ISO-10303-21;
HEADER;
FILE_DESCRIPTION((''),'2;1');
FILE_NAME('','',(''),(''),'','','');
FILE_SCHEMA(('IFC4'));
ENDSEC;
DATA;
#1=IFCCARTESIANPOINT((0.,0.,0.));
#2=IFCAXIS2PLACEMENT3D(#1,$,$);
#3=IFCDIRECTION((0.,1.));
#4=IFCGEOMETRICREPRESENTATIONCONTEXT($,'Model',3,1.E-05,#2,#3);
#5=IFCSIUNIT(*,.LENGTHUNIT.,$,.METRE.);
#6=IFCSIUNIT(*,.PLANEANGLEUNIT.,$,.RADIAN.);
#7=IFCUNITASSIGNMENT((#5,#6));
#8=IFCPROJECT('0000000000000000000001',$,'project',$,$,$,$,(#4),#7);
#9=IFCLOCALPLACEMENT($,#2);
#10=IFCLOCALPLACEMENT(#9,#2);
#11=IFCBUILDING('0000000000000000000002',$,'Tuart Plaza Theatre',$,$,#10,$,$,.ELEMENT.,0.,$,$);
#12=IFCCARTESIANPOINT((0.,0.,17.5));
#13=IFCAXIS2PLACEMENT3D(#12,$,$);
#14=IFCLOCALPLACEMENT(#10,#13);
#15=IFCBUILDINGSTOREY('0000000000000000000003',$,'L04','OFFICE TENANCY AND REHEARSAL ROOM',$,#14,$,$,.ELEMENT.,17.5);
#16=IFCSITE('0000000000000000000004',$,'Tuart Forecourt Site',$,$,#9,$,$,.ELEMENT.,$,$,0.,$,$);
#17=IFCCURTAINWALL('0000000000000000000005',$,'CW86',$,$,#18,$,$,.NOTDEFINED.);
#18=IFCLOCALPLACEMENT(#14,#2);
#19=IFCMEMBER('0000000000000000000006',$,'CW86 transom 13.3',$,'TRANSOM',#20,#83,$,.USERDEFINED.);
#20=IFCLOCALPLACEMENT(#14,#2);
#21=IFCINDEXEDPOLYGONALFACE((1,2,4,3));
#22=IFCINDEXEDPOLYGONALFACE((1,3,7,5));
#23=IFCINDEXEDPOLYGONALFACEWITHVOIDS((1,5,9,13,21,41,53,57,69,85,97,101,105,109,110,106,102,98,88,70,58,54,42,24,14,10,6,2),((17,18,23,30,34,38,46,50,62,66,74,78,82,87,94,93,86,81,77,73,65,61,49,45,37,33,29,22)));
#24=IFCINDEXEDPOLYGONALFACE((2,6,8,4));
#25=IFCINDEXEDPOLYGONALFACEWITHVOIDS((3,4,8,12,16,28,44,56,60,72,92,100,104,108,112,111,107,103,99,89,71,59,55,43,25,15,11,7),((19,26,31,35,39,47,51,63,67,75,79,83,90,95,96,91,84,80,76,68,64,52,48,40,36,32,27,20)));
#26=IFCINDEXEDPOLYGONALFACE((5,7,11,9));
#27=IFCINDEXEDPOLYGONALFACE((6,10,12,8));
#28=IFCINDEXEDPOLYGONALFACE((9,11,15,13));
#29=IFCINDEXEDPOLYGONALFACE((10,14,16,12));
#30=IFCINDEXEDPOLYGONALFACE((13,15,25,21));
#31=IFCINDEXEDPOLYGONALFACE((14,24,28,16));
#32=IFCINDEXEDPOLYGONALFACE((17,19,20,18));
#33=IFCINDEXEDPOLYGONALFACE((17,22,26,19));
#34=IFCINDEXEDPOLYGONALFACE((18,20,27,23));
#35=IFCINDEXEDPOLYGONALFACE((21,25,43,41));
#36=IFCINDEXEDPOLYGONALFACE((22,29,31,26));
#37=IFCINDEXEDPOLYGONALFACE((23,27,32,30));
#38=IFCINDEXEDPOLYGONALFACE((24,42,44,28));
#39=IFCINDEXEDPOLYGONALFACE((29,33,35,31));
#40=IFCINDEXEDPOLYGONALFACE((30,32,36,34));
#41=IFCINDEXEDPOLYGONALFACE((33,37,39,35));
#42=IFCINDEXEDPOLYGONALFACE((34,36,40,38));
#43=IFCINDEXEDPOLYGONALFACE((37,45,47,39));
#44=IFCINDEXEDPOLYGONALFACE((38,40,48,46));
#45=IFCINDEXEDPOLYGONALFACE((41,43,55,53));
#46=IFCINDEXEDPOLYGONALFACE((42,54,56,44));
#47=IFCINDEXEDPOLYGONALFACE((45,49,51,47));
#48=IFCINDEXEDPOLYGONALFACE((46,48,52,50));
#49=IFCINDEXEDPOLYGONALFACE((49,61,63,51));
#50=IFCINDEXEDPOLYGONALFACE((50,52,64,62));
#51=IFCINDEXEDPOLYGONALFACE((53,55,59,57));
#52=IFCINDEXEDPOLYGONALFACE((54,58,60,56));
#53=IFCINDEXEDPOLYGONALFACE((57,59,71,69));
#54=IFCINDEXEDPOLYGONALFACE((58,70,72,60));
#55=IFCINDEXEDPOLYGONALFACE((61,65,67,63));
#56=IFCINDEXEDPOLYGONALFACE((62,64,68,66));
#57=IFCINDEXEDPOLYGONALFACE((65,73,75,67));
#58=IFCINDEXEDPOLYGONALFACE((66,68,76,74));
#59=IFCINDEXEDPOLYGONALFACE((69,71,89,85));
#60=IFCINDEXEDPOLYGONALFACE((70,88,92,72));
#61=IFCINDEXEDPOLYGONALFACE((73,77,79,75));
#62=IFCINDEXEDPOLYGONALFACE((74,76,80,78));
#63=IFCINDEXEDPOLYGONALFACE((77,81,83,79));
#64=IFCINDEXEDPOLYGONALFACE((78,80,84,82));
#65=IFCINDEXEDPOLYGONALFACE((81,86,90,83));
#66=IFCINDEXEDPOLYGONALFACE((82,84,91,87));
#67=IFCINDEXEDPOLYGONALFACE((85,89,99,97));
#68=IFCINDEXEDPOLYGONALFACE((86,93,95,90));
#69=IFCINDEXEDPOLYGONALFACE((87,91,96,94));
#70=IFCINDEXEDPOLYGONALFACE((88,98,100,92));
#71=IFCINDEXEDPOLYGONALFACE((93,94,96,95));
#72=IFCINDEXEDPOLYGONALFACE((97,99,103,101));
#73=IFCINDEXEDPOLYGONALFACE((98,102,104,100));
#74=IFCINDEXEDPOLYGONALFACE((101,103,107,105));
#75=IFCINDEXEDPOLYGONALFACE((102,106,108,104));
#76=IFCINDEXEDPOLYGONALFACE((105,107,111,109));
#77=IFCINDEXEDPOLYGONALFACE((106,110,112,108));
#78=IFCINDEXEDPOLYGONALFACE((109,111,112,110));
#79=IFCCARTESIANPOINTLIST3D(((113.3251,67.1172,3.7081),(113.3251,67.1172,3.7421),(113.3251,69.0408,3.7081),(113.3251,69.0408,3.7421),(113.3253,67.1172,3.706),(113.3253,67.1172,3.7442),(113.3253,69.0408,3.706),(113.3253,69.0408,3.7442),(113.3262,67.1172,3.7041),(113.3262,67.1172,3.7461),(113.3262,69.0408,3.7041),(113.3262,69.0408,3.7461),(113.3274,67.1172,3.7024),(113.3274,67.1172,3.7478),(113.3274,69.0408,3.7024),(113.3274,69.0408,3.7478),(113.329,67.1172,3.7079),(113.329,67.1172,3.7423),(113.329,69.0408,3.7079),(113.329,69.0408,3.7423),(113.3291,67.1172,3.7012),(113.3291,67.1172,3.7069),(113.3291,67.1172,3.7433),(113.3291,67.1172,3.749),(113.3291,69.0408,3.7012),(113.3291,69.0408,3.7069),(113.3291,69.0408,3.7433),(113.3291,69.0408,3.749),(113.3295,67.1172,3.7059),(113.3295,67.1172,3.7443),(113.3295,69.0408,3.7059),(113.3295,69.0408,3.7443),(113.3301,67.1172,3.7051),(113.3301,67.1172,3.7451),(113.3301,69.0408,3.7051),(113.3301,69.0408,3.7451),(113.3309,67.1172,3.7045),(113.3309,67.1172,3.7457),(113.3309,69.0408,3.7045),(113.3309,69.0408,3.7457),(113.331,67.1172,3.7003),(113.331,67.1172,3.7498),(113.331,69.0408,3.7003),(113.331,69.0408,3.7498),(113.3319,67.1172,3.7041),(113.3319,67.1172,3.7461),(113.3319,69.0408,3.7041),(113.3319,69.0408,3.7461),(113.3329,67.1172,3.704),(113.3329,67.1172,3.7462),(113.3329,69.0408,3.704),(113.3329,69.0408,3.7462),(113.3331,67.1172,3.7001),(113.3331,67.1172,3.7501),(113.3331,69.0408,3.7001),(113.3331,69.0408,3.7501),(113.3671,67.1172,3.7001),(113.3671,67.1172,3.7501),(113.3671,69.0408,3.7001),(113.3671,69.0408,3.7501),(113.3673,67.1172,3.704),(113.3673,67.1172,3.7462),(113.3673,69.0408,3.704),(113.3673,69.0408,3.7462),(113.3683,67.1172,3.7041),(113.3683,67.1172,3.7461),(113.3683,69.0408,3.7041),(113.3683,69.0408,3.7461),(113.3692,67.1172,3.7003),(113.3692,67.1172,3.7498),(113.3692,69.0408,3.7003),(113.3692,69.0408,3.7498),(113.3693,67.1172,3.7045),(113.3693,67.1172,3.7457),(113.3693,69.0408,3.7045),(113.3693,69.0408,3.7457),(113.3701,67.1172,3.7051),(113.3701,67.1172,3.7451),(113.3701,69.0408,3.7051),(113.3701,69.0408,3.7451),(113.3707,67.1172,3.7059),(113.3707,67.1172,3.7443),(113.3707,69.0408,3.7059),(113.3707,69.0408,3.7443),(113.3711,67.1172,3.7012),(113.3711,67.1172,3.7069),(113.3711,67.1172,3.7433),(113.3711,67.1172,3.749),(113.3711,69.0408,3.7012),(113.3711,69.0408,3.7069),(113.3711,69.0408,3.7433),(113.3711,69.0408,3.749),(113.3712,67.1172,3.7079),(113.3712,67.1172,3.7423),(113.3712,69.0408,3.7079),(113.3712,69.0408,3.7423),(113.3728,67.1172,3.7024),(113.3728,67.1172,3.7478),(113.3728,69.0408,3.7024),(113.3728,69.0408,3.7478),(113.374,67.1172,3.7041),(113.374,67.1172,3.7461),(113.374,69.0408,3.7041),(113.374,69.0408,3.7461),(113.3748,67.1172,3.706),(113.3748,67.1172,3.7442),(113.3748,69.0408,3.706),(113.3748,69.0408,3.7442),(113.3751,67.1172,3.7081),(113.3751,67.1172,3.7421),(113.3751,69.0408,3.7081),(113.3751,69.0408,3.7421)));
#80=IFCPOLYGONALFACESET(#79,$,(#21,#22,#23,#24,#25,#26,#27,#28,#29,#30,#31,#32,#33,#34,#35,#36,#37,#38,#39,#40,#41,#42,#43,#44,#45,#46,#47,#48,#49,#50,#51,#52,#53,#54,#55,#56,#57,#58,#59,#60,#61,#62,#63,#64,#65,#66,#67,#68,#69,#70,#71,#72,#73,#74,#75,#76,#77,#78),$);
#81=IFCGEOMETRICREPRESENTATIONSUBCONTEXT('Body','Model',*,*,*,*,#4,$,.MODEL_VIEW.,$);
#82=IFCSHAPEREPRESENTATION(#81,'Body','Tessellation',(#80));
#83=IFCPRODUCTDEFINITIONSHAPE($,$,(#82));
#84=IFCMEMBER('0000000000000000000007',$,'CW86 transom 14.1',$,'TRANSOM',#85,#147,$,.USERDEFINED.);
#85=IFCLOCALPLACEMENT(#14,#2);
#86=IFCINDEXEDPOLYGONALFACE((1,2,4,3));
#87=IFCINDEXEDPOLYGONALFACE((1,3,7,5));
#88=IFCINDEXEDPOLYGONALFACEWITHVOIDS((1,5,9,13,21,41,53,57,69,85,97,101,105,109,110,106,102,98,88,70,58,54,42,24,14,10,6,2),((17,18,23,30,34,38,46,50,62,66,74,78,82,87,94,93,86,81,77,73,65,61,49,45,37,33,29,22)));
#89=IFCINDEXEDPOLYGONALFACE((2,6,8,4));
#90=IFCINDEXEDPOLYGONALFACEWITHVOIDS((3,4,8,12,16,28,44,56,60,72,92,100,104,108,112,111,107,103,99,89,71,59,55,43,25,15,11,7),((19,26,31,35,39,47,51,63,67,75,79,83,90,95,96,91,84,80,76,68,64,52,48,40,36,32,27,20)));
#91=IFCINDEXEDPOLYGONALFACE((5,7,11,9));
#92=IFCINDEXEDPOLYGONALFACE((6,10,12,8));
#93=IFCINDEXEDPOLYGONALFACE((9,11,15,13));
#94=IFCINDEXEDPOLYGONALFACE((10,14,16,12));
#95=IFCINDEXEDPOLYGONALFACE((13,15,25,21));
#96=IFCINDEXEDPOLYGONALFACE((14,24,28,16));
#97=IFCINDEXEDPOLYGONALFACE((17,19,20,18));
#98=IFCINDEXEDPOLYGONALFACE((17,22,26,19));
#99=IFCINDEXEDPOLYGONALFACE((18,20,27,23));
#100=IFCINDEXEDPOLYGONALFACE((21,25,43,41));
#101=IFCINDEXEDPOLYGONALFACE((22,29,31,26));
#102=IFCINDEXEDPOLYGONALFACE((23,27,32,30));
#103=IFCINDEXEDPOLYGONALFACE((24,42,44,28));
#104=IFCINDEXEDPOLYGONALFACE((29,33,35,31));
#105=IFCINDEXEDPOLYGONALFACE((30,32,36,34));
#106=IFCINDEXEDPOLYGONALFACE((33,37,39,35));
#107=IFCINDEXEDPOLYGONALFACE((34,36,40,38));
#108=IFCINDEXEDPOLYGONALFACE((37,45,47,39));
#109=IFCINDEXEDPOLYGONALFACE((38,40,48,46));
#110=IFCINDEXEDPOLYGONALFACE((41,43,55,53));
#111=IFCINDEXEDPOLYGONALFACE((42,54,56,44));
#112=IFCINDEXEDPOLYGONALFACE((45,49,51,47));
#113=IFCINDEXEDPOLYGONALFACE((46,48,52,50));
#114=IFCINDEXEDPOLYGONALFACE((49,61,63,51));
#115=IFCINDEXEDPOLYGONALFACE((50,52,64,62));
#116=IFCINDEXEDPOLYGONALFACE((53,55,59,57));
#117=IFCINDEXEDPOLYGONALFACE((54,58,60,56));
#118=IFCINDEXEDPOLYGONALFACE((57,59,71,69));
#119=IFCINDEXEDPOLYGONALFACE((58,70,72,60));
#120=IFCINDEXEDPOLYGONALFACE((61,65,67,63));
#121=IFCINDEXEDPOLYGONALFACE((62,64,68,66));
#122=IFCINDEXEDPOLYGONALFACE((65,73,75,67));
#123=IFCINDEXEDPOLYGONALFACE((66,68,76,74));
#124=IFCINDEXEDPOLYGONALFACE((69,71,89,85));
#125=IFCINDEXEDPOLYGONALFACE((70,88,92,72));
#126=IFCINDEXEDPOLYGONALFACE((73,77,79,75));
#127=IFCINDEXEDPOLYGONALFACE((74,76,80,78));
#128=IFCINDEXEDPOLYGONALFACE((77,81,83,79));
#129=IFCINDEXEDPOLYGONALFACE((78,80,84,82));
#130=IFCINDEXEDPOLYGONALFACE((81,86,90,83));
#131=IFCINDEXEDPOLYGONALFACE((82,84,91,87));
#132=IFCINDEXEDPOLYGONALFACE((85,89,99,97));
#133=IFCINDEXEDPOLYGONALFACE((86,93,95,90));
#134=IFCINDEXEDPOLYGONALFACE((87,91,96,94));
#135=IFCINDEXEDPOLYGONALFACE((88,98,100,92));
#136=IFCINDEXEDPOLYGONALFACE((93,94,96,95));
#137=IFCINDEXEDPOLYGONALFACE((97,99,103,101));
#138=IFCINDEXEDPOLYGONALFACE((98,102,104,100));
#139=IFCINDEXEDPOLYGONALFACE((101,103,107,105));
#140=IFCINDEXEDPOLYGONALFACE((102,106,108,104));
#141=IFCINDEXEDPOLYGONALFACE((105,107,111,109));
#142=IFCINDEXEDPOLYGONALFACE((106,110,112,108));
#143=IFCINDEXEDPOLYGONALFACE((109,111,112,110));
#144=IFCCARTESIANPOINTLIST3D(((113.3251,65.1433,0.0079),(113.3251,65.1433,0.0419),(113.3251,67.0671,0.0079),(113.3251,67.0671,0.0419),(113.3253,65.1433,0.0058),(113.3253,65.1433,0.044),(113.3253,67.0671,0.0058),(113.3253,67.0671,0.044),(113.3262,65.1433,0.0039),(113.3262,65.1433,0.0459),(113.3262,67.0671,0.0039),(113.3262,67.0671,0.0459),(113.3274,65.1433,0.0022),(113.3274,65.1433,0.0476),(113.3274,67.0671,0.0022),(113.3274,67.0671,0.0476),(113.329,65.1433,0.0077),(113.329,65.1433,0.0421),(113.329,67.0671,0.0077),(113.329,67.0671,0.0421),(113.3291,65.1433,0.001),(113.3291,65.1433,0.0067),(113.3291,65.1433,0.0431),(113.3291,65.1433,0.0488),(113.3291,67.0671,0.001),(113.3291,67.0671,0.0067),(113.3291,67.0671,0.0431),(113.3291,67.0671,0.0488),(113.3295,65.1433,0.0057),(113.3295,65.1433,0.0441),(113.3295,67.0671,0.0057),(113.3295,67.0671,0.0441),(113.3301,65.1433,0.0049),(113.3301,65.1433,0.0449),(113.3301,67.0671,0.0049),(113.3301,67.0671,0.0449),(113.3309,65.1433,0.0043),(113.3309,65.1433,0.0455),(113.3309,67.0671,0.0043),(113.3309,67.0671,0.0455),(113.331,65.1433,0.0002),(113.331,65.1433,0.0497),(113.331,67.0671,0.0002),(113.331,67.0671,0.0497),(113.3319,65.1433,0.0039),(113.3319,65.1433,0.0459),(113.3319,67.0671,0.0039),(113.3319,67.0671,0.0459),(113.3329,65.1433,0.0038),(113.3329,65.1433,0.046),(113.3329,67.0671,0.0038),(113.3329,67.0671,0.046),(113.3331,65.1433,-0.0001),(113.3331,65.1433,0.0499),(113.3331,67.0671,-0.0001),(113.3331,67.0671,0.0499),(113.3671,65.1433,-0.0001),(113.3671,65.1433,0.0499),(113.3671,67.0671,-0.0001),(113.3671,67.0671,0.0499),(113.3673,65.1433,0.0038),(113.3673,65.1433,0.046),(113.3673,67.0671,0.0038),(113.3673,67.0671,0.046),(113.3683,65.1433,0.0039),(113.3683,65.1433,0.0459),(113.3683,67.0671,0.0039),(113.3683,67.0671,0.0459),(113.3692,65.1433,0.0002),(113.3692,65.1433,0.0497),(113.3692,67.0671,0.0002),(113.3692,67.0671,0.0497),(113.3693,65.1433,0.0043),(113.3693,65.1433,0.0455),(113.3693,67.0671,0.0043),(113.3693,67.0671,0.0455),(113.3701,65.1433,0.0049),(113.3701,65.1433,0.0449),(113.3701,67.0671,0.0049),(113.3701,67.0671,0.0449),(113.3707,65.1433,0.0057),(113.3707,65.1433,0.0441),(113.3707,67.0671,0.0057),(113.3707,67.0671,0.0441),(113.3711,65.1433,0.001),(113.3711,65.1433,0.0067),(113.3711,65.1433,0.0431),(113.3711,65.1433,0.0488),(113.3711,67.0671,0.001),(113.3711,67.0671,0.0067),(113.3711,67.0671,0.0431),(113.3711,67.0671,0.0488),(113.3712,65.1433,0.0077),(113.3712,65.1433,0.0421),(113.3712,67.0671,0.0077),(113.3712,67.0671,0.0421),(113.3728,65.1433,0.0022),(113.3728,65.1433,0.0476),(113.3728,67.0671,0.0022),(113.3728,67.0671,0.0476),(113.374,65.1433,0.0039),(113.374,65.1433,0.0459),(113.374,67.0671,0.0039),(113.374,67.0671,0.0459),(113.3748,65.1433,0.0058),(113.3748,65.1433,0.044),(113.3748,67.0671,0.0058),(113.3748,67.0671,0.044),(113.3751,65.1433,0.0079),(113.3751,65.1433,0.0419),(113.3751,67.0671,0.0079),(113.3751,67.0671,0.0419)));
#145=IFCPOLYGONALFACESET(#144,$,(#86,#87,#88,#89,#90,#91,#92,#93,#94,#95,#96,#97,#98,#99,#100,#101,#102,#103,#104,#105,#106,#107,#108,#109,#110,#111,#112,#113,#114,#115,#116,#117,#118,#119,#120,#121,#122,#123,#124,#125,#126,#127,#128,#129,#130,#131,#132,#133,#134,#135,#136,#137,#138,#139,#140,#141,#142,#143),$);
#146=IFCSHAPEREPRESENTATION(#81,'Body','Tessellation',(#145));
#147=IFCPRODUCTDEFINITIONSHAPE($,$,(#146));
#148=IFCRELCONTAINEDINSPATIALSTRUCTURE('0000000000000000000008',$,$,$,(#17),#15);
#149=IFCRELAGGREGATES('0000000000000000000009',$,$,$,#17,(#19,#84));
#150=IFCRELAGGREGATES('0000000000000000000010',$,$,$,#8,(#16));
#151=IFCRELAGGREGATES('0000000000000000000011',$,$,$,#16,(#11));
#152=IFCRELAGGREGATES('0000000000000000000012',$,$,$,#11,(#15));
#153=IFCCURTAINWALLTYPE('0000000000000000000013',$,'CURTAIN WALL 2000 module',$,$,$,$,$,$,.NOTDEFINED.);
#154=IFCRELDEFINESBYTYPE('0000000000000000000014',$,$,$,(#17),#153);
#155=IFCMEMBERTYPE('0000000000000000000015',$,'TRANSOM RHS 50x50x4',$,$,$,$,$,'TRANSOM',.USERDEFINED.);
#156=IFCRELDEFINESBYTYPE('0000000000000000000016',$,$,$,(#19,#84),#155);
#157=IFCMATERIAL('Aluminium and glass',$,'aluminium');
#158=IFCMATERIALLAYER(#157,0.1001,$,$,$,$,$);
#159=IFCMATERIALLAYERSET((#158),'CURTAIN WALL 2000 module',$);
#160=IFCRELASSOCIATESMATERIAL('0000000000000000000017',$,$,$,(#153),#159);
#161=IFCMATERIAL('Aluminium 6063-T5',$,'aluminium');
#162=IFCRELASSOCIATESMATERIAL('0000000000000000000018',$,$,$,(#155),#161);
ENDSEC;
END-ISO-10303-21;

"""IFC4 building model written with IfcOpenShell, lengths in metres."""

from ifc_helpers import new_model, si_unit, direction, frame, origin, origin_2d, place, context, subcontext, project, spatial, hollow_rectangle, extrude, material, layer, layer_set, material_profile, profile_set, type_object, element, aggregate, save


model = new_model("IFC4")

# Units and contexts
model_context = context("Model", 3, precision=1e-05, world=origin(), true_north=direction((0.0, 1.0)))
body_context = subcontext(model_context, "Body", "Model", "MODEL_VIEW")
ifc_project = project(units=[si_unit("LENGTHUNIT", "METRE"), si_unit("PLANEANGLEUNIT", "RADIAN")], contexts=[model_context])

# Site, building, storey
site_placement = place(None, origin())
site = spatial("IfcSite", under=ifc_project, at=site_placement, Name="Tuart Forecourt Site", CompositionType="ELEMENT", RefElevation=0.0)
building_placement = place(site_placement, origin())
building = spatial("IfcBuilding", under=site, at=building_placement, Name="Tuart Plaza Theatre", CompositionType="ELEMENT", ElevationOfRefHeight=0.0)
storey_placement = place(building_placement, frame((0.0, 0.0, 17.5)))
storey = spatial("IfcBuildingStorey", under=building, at=storey_placement, Name="L04", Description="OFFICE TENANCY AND REHEARSAL ROOM", CompositionType="ELEMENT", Elevation=17.5)

# Curtain wall, members
ifc_material_1 = material(Name="Aluminium and glass", Category="aluminium")
ifc_layer_1 = layer(ifc_material_1, 0.1001)
ifc_layer_set_1 = layer_set([ifc_layer_1], Name="CURTAIN WALL 2000 module")
curtain_wall_type = type_object("IfcCurtainWallType", Name="CURTAIN WALL 2000 module", PredefinedType="NOTDEFINED", material=ifc_layer_set_1)
curtain_wall_placement = place(storey_placement, origin())
curtain_wall = element("IfcCurtainWall", 1, at=curtain_wall_placement, inside=storey, type_object=curtain_wall_type, Name="CW86", PredefinedType="NOTDEFINED")
ifc_material_2 = material(Name="Aluminium 6063-T5", Category="aluminium")
ifc_material_profile_1 = material_profile(ifc_material_2, hollow_rectangle(XDim=0.05, YDim=0.05, WallThickness=0.0039, InnerFilletRadius=0.0039, OuterFilletRadius=0.0081, at=origin_2d()), Name="RHS 50x50x4")
ifc_profile_set_1 = profile_set([ifc_material_profile_1], Name="Aluminium 6063-T5")
member_type_1 = type_object("IfcMemberType", Name="TRANSOM RHS 50x50x4", ElementType="TRANSOM", PredefinedType="USERDEFINED", material=ifc_profile_set_1)
member_1_placement = place(storey_placement, frame((113.3501, 69.0408, 3.7251), z_axis=(0.0, -1.0, 0.0), x_axis=(1.0, 0.0, 0.0)))
member_1 = element("IfcMember", 2, at=member_1_placement, type_object=member_type_1, Name="CW86 transom 13.3", ObjectType="TRANSOM", PredefinedType="USERDEFINED", context=body_context, shape_type="SweptSolid", body=[
    extrude(hollow_rectangle(XDim=0.05, YDim=0.05, WallThickness=0.0039, InnerFilletRadius=0.0039, OuterFilletRadius=0.0081, at=origin_2d()), origin(), (0.0, 0.0, 1.0), 1.9236),
])
member_2_placement = place(storey_placement, frame((113.3501, 67.0671, 0.0249), z_axis=(0.0, -1.0, 0.0), x_axis=(1.0, 0.0, 0.0)))
member_2 = element("IfcMember", 3, at=member_2_placement, type_object=member_type_1, Name="CW86 transom 14.1", ObjectType="TRANSOM", PredefinedType="USERDEFINED", context=body_context, shape_type="SweptSolid", body=[
    extrude(hollow_rectangle(XDim=0.05, YDim=0.05, WallThickness=0.0039, InnerFilletRadius=0.0039, OuterFilletRadius=0.0081, at=origin_2d()), origin(), (0.0, 0.0, 1.0), 1.9238),
])
aggregate(curtain_wall, [member_1, member_2])

save(model, "model.ifc")
